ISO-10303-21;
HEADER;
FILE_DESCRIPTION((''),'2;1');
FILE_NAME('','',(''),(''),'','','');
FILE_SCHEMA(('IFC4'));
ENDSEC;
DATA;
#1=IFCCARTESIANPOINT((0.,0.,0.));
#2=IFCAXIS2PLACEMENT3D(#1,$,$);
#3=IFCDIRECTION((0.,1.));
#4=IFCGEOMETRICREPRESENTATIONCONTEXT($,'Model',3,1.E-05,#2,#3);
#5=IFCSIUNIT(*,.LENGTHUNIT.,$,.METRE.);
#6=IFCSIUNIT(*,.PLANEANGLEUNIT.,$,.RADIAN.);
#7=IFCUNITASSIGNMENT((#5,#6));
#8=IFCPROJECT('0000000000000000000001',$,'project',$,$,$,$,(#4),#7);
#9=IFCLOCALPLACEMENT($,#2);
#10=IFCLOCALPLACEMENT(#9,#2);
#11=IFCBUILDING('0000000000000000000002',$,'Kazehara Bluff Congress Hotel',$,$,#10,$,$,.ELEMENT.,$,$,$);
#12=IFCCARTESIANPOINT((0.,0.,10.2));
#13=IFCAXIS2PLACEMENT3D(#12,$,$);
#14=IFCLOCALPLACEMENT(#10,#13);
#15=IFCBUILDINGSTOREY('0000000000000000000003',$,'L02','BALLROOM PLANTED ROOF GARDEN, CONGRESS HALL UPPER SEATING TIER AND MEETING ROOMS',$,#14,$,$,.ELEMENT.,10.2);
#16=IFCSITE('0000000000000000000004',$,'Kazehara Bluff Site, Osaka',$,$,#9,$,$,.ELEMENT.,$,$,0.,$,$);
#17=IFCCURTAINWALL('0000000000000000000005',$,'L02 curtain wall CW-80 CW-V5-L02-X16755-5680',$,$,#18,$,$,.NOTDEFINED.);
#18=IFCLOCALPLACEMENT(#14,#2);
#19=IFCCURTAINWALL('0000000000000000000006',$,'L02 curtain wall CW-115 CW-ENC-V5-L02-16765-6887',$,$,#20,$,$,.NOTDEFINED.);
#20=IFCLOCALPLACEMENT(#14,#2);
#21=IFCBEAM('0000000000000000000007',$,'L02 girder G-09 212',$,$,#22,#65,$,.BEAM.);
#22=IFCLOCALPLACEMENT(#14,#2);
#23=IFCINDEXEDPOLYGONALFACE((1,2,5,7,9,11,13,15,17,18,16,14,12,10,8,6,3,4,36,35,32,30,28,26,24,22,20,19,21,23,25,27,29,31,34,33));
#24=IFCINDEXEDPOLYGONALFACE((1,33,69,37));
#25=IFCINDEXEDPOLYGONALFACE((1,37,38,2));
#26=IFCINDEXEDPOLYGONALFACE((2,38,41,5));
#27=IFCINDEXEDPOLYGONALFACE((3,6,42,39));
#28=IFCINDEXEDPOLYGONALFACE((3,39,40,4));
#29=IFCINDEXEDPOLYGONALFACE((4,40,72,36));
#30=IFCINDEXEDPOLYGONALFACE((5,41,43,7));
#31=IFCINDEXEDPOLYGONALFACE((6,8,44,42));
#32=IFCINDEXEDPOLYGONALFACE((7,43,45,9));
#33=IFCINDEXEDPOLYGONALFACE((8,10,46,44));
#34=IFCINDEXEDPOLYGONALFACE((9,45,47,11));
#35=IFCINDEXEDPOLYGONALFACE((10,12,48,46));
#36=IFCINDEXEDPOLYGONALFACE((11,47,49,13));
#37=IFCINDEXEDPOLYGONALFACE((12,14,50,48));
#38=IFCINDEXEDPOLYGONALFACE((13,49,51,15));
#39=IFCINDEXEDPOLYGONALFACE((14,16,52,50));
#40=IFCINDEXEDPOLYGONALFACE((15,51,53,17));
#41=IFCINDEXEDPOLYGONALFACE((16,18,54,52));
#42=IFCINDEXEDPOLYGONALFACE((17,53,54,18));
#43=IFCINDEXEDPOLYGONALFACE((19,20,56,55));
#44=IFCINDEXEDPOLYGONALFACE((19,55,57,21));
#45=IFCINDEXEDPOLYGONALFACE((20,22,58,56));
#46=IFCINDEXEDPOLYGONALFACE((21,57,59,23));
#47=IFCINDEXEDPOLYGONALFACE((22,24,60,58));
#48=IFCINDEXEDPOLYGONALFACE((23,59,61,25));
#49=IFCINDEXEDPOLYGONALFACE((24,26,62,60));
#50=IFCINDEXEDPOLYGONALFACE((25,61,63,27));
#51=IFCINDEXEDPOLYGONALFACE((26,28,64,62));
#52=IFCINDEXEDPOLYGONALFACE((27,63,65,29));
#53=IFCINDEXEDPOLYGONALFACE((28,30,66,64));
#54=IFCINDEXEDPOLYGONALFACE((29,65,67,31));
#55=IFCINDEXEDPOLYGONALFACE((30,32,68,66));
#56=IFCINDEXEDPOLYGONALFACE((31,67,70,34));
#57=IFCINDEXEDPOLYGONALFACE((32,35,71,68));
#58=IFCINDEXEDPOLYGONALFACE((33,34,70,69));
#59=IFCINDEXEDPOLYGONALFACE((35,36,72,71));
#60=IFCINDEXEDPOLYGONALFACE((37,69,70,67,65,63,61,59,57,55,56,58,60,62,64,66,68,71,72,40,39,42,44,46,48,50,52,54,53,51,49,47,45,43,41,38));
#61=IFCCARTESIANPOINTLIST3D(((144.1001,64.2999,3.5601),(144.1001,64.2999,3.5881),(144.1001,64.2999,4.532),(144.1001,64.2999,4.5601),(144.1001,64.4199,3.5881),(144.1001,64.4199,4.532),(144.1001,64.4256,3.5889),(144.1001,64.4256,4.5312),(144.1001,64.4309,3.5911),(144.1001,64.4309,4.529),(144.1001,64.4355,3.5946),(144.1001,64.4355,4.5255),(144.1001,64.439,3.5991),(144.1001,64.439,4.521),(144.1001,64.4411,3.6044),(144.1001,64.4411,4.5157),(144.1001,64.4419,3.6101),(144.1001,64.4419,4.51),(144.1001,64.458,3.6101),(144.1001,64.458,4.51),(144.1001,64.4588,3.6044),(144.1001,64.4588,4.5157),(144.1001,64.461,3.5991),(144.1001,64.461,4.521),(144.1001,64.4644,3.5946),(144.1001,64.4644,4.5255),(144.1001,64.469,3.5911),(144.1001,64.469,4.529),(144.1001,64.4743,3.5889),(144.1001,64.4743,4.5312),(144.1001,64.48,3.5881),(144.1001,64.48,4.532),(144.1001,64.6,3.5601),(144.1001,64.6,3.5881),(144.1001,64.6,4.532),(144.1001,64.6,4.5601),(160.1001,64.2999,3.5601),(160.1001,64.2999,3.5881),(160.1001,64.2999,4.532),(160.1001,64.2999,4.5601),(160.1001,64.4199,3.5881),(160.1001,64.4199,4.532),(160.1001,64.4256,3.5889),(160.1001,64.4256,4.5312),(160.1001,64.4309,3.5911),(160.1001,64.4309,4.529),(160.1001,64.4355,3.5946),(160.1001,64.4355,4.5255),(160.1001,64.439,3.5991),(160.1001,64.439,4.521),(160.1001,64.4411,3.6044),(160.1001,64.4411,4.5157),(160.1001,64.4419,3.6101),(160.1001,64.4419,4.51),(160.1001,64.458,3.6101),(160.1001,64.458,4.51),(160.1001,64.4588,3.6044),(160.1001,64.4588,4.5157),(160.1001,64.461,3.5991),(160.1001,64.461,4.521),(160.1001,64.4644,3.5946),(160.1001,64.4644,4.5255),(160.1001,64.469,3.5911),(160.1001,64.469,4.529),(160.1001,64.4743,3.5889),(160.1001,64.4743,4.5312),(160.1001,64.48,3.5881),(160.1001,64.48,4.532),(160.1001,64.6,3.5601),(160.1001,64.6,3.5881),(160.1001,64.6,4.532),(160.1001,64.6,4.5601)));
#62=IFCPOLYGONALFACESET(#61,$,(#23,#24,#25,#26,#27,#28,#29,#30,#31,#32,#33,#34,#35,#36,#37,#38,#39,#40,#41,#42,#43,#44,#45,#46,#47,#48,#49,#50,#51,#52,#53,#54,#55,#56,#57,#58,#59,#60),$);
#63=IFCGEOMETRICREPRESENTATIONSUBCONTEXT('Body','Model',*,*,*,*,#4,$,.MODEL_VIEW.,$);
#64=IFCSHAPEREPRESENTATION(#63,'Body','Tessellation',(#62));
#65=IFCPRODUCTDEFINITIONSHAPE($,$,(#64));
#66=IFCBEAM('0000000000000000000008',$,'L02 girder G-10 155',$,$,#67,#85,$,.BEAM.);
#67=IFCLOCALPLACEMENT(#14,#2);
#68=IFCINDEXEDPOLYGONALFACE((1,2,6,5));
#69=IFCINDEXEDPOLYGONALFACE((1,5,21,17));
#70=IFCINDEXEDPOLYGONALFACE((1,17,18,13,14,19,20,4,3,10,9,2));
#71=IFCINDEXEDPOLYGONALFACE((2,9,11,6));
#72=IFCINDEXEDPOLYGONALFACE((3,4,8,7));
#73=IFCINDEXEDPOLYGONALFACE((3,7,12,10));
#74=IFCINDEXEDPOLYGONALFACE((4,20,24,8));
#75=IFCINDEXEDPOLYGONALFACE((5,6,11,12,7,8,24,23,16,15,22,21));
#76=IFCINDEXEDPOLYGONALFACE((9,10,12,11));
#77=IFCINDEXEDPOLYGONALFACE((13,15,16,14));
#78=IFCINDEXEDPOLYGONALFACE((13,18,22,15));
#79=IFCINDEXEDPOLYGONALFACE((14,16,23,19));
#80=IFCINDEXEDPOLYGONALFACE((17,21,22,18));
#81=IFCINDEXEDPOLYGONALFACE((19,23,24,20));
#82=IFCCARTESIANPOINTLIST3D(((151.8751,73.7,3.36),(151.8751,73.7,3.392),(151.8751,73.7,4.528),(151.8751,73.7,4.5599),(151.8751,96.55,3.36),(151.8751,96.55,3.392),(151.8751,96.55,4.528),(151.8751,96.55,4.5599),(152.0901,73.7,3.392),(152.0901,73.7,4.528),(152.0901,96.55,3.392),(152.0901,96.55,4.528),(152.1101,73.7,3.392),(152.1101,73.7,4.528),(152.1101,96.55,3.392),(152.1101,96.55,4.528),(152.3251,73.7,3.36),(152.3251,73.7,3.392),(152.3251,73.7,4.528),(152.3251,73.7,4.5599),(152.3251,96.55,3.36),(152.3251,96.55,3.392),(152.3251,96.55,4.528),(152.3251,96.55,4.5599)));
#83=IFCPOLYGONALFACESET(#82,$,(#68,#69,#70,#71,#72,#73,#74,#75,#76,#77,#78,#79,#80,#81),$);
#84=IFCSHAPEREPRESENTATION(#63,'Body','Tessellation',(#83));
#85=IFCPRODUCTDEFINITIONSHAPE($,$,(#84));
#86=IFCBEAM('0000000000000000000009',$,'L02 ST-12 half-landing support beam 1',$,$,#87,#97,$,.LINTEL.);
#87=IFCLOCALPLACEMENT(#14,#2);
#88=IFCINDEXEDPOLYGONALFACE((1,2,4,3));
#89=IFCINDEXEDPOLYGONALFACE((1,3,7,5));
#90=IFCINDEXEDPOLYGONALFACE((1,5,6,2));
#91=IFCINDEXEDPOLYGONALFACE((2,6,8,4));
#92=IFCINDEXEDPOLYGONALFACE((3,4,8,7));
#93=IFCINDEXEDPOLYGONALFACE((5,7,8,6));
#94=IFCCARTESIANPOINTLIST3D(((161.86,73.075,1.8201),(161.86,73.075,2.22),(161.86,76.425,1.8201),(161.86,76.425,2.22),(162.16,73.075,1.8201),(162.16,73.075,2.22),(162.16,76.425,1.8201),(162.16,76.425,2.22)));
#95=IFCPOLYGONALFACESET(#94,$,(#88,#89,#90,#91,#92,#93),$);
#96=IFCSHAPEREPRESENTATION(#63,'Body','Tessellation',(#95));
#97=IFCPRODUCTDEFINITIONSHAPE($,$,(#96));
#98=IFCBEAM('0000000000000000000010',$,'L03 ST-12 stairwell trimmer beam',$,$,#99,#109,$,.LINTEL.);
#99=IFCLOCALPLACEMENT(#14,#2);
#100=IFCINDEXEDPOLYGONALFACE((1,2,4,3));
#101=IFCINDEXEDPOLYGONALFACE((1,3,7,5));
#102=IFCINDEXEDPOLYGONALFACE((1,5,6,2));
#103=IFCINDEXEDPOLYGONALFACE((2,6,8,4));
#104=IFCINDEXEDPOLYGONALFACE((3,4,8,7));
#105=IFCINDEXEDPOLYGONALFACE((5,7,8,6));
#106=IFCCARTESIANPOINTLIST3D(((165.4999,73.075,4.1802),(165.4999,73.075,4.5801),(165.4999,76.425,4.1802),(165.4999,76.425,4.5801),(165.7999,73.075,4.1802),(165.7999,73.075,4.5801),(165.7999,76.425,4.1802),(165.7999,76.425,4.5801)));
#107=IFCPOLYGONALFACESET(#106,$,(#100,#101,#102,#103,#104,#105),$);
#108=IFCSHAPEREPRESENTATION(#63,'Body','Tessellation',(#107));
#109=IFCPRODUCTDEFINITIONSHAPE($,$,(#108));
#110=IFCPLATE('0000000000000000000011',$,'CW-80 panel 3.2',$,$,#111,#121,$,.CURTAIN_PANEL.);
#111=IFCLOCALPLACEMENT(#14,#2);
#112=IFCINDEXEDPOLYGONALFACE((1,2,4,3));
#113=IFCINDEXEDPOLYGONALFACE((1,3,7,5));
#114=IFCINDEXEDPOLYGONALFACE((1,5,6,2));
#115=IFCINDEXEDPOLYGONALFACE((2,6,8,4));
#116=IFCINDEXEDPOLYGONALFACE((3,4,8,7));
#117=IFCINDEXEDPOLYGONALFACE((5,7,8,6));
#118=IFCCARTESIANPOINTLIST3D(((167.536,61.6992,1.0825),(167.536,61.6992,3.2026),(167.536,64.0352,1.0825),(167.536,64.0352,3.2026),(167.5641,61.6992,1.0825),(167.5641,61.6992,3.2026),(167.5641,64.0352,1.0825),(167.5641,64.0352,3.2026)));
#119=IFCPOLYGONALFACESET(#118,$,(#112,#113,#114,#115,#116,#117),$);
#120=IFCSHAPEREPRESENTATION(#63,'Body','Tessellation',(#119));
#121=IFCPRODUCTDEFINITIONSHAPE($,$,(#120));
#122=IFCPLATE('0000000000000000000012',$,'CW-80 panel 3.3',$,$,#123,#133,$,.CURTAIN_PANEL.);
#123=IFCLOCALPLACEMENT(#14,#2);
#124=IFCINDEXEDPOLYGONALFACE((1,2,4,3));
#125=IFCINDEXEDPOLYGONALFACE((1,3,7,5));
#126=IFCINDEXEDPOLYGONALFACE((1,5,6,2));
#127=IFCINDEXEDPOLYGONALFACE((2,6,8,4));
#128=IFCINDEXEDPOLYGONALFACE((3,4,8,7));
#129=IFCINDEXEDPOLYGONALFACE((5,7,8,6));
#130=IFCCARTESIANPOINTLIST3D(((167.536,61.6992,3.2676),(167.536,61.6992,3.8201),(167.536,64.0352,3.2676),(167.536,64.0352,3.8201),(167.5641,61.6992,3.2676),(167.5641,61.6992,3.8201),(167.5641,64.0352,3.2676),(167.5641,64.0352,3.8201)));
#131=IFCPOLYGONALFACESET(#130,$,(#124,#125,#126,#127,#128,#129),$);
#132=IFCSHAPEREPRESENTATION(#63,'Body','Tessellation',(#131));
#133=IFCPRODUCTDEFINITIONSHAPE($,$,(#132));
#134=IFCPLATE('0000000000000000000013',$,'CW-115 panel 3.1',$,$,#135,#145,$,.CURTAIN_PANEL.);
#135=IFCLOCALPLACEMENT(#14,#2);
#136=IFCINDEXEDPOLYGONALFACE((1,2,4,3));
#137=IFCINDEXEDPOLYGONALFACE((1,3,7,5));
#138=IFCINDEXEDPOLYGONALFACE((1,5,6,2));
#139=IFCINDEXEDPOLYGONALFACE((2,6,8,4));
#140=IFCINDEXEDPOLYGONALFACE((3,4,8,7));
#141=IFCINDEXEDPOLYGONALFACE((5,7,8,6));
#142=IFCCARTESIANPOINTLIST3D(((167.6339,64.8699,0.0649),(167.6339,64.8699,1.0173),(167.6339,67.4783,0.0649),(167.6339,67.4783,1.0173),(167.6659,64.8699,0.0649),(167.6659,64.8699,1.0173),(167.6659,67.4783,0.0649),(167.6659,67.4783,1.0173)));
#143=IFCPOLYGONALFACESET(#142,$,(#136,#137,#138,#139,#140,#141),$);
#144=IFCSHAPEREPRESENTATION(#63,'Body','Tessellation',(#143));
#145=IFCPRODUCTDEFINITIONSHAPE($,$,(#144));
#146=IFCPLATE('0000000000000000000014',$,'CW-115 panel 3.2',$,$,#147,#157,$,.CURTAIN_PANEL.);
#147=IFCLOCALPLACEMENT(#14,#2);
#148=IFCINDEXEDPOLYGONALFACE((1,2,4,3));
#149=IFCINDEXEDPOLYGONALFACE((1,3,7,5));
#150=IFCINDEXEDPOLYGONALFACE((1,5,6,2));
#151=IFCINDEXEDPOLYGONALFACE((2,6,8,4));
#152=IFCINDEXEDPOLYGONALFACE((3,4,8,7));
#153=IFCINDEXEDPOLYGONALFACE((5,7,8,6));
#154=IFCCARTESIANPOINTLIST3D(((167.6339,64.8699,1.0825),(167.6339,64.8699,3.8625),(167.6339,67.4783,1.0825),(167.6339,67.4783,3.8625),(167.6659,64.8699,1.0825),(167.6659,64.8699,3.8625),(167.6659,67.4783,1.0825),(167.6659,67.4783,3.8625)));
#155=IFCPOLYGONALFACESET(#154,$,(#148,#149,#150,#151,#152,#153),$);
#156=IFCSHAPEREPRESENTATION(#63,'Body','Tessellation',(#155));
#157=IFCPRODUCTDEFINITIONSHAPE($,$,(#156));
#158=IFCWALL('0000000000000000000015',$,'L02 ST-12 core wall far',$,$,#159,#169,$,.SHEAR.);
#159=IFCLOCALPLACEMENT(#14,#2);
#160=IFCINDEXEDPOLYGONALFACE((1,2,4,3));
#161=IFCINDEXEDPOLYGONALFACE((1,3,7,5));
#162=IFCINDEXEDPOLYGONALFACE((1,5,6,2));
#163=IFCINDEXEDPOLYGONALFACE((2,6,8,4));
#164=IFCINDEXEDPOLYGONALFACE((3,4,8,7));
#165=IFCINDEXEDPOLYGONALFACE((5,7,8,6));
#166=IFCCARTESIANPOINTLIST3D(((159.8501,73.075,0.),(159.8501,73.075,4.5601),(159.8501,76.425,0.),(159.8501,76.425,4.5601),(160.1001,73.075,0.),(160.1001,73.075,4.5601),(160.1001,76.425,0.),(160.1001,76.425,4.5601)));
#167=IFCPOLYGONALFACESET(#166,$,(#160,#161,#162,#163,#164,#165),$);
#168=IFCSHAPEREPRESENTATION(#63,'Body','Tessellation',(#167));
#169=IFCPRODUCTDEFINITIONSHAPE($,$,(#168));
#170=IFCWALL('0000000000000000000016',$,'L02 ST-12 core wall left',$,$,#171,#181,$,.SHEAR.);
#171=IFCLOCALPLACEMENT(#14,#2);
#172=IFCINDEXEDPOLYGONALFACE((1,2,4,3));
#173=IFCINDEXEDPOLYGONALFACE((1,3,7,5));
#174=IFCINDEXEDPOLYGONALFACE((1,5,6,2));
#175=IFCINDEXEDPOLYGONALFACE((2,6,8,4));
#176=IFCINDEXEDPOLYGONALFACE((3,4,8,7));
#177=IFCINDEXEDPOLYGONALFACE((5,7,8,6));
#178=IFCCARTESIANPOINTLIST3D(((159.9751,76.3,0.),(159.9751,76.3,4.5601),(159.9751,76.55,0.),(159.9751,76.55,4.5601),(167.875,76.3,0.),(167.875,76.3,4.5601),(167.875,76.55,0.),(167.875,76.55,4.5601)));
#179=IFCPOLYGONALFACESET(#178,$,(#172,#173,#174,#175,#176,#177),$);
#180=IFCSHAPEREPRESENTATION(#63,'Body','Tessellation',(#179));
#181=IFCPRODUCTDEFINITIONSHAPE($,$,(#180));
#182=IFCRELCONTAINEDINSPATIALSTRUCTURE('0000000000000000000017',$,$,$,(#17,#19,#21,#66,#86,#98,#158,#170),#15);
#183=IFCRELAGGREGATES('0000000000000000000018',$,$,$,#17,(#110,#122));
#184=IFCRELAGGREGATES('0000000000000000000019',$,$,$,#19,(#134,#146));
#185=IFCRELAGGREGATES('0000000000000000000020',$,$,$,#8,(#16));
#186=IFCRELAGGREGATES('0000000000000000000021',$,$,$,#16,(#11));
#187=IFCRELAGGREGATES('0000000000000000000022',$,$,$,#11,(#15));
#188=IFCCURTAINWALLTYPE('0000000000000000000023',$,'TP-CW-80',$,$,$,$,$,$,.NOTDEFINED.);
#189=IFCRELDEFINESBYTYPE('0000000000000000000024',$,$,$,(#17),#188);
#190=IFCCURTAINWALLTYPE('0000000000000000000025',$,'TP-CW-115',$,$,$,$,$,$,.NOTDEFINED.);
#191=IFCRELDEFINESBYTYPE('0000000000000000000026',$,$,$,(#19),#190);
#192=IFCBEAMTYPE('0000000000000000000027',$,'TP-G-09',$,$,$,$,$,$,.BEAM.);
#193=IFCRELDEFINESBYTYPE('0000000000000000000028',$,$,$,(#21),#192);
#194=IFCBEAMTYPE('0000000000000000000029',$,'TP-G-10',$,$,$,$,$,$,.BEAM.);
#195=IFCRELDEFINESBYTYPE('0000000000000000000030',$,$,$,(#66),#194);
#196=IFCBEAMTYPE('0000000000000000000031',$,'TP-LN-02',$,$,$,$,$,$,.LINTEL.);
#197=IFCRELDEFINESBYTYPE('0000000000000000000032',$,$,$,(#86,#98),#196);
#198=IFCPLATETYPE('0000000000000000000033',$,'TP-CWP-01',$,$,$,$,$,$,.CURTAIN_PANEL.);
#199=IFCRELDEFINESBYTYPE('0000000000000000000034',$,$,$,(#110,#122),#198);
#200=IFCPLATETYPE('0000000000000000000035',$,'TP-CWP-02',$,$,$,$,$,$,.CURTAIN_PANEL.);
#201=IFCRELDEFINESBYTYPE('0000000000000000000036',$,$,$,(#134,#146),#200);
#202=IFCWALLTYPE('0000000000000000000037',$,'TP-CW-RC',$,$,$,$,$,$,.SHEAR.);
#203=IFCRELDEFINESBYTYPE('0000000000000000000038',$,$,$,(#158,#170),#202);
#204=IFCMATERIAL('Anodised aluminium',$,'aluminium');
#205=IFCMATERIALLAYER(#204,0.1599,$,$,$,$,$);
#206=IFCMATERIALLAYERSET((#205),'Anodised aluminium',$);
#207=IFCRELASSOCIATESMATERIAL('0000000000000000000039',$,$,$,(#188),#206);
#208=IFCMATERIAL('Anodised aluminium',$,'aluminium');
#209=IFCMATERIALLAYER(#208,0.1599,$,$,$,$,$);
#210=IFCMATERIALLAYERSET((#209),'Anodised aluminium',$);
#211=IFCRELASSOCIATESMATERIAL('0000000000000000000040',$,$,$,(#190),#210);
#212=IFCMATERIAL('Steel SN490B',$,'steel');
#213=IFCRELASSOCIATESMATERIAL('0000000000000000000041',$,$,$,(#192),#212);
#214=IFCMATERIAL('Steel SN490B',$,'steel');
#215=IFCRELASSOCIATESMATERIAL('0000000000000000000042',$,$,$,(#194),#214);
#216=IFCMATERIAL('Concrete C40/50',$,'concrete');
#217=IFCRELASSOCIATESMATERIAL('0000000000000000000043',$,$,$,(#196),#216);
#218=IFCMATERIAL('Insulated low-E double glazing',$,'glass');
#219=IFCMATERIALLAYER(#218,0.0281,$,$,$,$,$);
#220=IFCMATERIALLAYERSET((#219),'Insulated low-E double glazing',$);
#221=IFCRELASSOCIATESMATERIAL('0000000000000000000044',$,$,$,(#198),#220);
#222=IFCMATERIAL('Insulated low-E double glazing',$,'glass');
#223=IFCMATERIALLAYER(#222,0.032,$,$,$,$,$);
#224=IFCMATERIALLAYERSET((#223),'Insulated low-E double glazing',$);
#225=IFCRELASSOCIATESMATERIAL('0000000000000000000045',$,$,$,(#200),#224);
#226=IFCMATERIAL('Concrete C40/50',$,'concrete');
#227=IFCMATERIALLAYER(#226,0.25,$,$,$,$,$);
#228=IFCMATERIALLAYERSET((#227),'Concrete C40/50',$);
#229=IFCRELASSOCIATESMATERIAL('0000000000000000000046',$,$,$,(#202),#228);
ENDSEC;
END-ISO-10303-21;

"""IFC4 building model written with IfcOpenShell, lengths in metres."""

from ifc_helpers import new_model, si_unit, direction, frame, frame_2d, origin, origin_2d, place, context, subcontext, project, spatial, rectangle, i_section, extrude, material, layer, layer_set, material_profile, profile_set, type_object, element, aggregate, save


model = new_model("IFC4")

# Units and contexts
model_context = context("Model", 3, precision=1e-05, world=origin(), true_north=direction((0.0, 1.0)))
body_context = subcontext(model_context, "Body", "Model", "MODEL_VIEW")
ifc_project = project(units=[si_unit("LENGTHUNIT", "METRE"), si_unit("PLANEANGLEUNIT", "RADIAN")], contexts=[model_context])

# Site, building, storey
site_placement = place(None, origin())
site = spatial("IfcSite", under=ifc_project, at=site_placement, Name="Kazehara Bluff Site, Osaka", CompositionType="ELEMENT", RefElevation=0.0)
building_placement = place(site_placement, origin())
building = spatial("IfcBuilding", under=site, at=building_placement, Name="Kazehara Bluff Congress Hotel", CompositionType="ELEMENT")
storey_placement = place(building_placement, frame((0.0, 0.0, 10.2)))
storey = spatial("IfcBuildingStorey", under=building, at=storey_placement, Name="L02", Description="BALLROOM PLANTED ROOF GARDEN, CONGRESS HALL UPPER SEATING TIER AND MEETING ROOMS", CompositionType="ELEMENT", Elevation=10.2)

# Curtain walls
ifc_material_1 = material(Name="Anodised aluminium", Category="aluminium")
ifc_layer_1 = layer(ifc_material_1, 0.1599)
ifc_layer_set_1 = layer_set([ifc_layer_1], Name="Anodised aluminium")
curtain_wall_type_1 = type_object("IfcCurtainWallType", Name="TP-CW-80", PredefinedType="NOTDEFINED", material=ifc_layer_set_1)
curtain_wall_1_placement = place(storey_placement, origin())
curtain_wall_1 = element("IfcCurtainWall", 1, at=curtain_wall_1_placement, inside=storey, type_object=curtain_wall_type_1, Name="L02 curtain wall CW-80 CW-V5-L02-X16755-5680", PredefinedType="NOTDEFINED")
ifc_material_2 = material(Name="Anodised aluminium", Category="aluminium")
ifc_layer_2 = layer(ifc_material_2, 0.1599)
ifc_layer_set_2 = layer_set([ifc_layer_2], Name="Anodised aluminium")
curtain_wall_type_2 = type_object("IfcCurtainWallType", Name="TP-CW-115", PredefinedType="NOTDEFINED", material=ifc_layer_set_2)
curtain_wall_2_placement = place(storey_placement, origin())
curtain_wall_2 = element("IfcCurtainWall", 2, at=curtain_wall_2_placement, inside=storey, type_object=curtain_wall_type_2, Name="L02 curtain wall CW-115 CW-ENC-V5-L02-16765-6887", PredefinedType="NOTDEFINED")

# Beams
ifc_material_3 = material(Name="Steel SN490B", Category="steel")
ifc_material_profile_1 = material_profile(ifc_material_3, i_section(OverallWidth=0.3, OverallDepth=1.0, WebThickness=0.0161, FlangeThickness=0.0281, FilletRadius=0.022, at=origin_2d()))
ifc_profile_set_1 = profile_set([ifc_material_profile_1], Name="Steel SN490B")
beam_type_1 = type_object("IfcBeamType", Name="TP-G-09", PredefinedType="BEAM", material=ifc_profile_set_1)
beam_1_placement = place(storey_placement, frame((144.1001, 64.45, 4.0601), z_axis=(1.0, 0.0, 0.0), x_axis=(0.0, 1.0, 0.0)))
element("IfcBeam", 3, at=beam_1_placement, inside=storey, type_object=beam_type_1, Name="L02 girder G-09 212", PredefinedType="BEAM", context=body_context, shape_type="SweptSolid", body=[
    extrude(i_section(OverallWidth=0.3, OverallDepth=1.0, WebThickness=0.0161, FlangeThickness=0.0281, FilletRadius=0.022, at=origin_2d()), origin(), (0.0, 0.0, 1.0), 16.0),
])
ifc_material_4 = material(Name="Steel SN490B", Category="steel")
ifc_material_profile_2 = material_profile(ifc_material_4, i_section(OverallWidth=0.45, OverallDepth=1.2, WebThickness=0.02, FlangeThickness=0.032, at=origin_2d()))
ifc_profile_set_2 = profile_set([ifc_material_profile_2], Name="Steel SN490B")
beam_type_2 = type_object("IfcBeamType", Name="TP-G-10", PredefinedType="BEAM", material=ifc_profile_set_2)
beam_2_placement = place(storey_placement, frame((152.1001, 73.7, 3.96), z_axis=(0.0, 1.0, 0.0), x_axis=(-1.0, 0.0, 0.0)))
element("IfcBeam", 4, at=beam_2_placement, inside=storey, type_object=beam_type_2, Name="L02 girder G-10 155", PredefinedType="BEAM", context=body_context, shape_type="SweptSolid", body=[
    extrude(i_section(OverallWidth=0.45, OverallDepth=1.2, WebThickness=0.02, FlangeThickness=0.032, at=origin_2d()), origin(), (0.0, 0.0, 1.0), 22.8501),
])
ifc_material_5 = material(Name="Concrete C40/50", Category="concrete")
ifc_material_profile_3 = material_profile(ifc_material_5, rectangle(XDim=0.3, YDim=0.3999, at=origin_2d()))
ifc_profile_set_3 = profile_set([ifc_material_profile_3], Name="Concrete C40/50")
beam_type_3 = type_object("IfcBeamType", Name="TP-LN-02", PredefinedType="LINTEL", material=ifc_profile_set_3)
for number, where, z_axis, x_axis, name in (
    (5, (162.01, 76.425, 2.02), (0.0, -1.0, 0.0), (1.0, 0.0, 0.0), "L02 ST-12 half-landing support beam 1"),
    (6, (165.6499, 76.425, 4.3801), (0.0, -1.0, 0.0), (1.0, 0.0, 0.0), "L03 ST-12 stairwell trimmer beam"),
):
    element("IfcBeam", number, at=place(storey_placement, frame(where, z_axis=z_axis, x_axis=x_axis)), inside=storey, type_object=beam_type_3, Name=name, PredefinedType="LINTEL", context=body_context, shape_type="SweptSolid", body=[
        extrude(rectangle(XDim=0.3, YDim=0.3999, at=origin_2d()), origin(), (0.0, 0.0, 1.0), 3.3501),
    ])

# Plates
ifc_material_6 = material(Name="Insulated low-E double glazing", Category="glass")
ifc_layer_3 = layer(ifc_material_6, 0.0281)
ifc_layer_set_3 = layer_set([ifc_layer_3], Name="Insulated low-E double glazing")
plate_type_1 = type_object("IfcPlateType", Name="TP-CWP-01", PredefinedType="CURTAIN_PANEL", material=ifc_layer_set_3)
plate_1_placement = place(storey_placement, frame((167.55, 62.8672, 1.0825), z_axis=(0.0, 0.0, 1.0), x_axis=(0.0, 1.0, 0.0)))
plate_1 = element("IfcPlate", 7, at=plate_1_placement, type_object=plate_type_1, Name="CW-80 panel 3.2", PredefinedType="CURTAIN_PANEL", context=body_context, shape_type="SweptSolid", body=[
    extrude(rectangle(XDim=2.3359, YDim=0.0281, at=origin_2d()), origin(), (0.0, 0.0, 1.0), 2.1201),
])
plate_2_placement = place(storey_placement, frame((167.55, 62.8672, 3.2676), z_axis=(0.0, 0.0, 1.0), x_axis=(0.0, 1.0, 0.0)))
plate_2 = element("IfcPlate", 8, at=plate_2_placement, type_object=plate_type_1, Name="CW-80 panel 3.3", PredefinedType="CURTAIN_PANEL", context=body_context, shape_type="SweptSolid", body=[
    extrude(rectangle(XDim=2.3359, YDim=0.0281, at=origin_2d()), origin(), (0.0, 0.0, 1.0), 0.5525),
])
aggregate(curtain_wall_1, [plate_1, plate_2])
ifc_material_7 = material(Name="Insulated low-E double glazing", Category="glass")
ifc_layer_4 = layer(ifc_material_7, 0.032)
ifc_layer_set_4 = layer_set([ifc_layer_4], Name="Insulated low-E double glazing")
plate_type_2 = type_object("IfcPlateType", Name="TP-CWP-02", PredefinedType="CURTAIN_PANEL", material=ifc_layer_set_4)
plate_3_placement = place(storey_placement, frame((167.6499, 66.1741, 0.0649), z_axis=(0.0, 0.0, 1.0), x_axis=(0.0, -1.0, 0.0)))
plate_3 = element("IfcPlate", 9, at=plate_3_placement, type_object=plate_type_2, Name="CW-115 panel 3.1", PredefinedType="CURTAIN_PANEL", context=body_context, shape_type="SweptSolid", body=[
    extrude(rectangle(XDim=2.6084, YDim=0.032, at=origin_2d()), origin(), (0.0, 0.0, 1.0), 0.9524),
])
plate_4_placement = place(storey_placement, frame((167.6499, 66.1741, 1.0825), z_axis=(0.0, 0.0, 1.0), x_axis=(0.0, -1.0, 0.0)))
plate_4 = element("IfcPlate", 10, at=plate_4_placement, type_object=plate_type_2, Name="CW-115 panel 3.2", PredefinedType="CURTAIN_PANEL", context=body_context, shape_type="SweptSolid", body=[
    extrude(rectangle(XDim=2.6084, YDim=0.032, at=origin_2d()), origin(), (0.0, 0.0, 1.0), 2.78),
])
aggregate(curtain_wall_2, [plate_3, plate_4])

# Walls
ifc_material_8 = material(Name="Concrete C40/50", Category="concrete")
ifc_layer_5 = layer(ifc_material_8, 0.25)
ifc_layer_set_5 = layer_set([ifc_layer_5], Name="Concrete C40/50")
wall_type_1 = type_object("IfcWallType", Name="TP-CW-RC", PredefinedType="SHEAR", material=ifc_layer_set_5)
wall_1_placement = place(storey_placement, frame((159.9751, 73.075, 0.0), z_axis=(0.0, 0.0, 1.0), x_axis=(0.0, 1.0, 0.0)))
element("IfcWall", 11, at=wall_1_placement, inside=storey, type_object=wall_type_1, Name="L02 ST-12 core wall far", PredefinedType="SHEAR", context=body_context, shape_type="SweptSolid", body=[
    extrude(rectangle(XDim=3.3501, YDim=0.25, at=frame_2d((1.675, 0.0))), origin(), (0.0, 0.0, 1.0), 4.5601),
])
wall_2_placement = place(storey_placement, frame((159.9751, 76.425, 0.0), z_axis=(0.0, 0.0, 1.0), x_axis=(1.0, 0.0, 0.0)))
element("IfcWall", 12, at=wall_2_placement, inside=storey, type_object=wall_type_1, Name="L02 ST-12 core wall left", PredefinedType="SHEAR", context=body_context, shape_type="SweptSolid", body=[
    extrude(rectangle(XDim=7.8999, YDim=0.25, at=frame_2d((3.95, 0.0))), origin(), (0.0, 0.0, 1.0), 4.5601),
])

save(model, "model.ifc")
